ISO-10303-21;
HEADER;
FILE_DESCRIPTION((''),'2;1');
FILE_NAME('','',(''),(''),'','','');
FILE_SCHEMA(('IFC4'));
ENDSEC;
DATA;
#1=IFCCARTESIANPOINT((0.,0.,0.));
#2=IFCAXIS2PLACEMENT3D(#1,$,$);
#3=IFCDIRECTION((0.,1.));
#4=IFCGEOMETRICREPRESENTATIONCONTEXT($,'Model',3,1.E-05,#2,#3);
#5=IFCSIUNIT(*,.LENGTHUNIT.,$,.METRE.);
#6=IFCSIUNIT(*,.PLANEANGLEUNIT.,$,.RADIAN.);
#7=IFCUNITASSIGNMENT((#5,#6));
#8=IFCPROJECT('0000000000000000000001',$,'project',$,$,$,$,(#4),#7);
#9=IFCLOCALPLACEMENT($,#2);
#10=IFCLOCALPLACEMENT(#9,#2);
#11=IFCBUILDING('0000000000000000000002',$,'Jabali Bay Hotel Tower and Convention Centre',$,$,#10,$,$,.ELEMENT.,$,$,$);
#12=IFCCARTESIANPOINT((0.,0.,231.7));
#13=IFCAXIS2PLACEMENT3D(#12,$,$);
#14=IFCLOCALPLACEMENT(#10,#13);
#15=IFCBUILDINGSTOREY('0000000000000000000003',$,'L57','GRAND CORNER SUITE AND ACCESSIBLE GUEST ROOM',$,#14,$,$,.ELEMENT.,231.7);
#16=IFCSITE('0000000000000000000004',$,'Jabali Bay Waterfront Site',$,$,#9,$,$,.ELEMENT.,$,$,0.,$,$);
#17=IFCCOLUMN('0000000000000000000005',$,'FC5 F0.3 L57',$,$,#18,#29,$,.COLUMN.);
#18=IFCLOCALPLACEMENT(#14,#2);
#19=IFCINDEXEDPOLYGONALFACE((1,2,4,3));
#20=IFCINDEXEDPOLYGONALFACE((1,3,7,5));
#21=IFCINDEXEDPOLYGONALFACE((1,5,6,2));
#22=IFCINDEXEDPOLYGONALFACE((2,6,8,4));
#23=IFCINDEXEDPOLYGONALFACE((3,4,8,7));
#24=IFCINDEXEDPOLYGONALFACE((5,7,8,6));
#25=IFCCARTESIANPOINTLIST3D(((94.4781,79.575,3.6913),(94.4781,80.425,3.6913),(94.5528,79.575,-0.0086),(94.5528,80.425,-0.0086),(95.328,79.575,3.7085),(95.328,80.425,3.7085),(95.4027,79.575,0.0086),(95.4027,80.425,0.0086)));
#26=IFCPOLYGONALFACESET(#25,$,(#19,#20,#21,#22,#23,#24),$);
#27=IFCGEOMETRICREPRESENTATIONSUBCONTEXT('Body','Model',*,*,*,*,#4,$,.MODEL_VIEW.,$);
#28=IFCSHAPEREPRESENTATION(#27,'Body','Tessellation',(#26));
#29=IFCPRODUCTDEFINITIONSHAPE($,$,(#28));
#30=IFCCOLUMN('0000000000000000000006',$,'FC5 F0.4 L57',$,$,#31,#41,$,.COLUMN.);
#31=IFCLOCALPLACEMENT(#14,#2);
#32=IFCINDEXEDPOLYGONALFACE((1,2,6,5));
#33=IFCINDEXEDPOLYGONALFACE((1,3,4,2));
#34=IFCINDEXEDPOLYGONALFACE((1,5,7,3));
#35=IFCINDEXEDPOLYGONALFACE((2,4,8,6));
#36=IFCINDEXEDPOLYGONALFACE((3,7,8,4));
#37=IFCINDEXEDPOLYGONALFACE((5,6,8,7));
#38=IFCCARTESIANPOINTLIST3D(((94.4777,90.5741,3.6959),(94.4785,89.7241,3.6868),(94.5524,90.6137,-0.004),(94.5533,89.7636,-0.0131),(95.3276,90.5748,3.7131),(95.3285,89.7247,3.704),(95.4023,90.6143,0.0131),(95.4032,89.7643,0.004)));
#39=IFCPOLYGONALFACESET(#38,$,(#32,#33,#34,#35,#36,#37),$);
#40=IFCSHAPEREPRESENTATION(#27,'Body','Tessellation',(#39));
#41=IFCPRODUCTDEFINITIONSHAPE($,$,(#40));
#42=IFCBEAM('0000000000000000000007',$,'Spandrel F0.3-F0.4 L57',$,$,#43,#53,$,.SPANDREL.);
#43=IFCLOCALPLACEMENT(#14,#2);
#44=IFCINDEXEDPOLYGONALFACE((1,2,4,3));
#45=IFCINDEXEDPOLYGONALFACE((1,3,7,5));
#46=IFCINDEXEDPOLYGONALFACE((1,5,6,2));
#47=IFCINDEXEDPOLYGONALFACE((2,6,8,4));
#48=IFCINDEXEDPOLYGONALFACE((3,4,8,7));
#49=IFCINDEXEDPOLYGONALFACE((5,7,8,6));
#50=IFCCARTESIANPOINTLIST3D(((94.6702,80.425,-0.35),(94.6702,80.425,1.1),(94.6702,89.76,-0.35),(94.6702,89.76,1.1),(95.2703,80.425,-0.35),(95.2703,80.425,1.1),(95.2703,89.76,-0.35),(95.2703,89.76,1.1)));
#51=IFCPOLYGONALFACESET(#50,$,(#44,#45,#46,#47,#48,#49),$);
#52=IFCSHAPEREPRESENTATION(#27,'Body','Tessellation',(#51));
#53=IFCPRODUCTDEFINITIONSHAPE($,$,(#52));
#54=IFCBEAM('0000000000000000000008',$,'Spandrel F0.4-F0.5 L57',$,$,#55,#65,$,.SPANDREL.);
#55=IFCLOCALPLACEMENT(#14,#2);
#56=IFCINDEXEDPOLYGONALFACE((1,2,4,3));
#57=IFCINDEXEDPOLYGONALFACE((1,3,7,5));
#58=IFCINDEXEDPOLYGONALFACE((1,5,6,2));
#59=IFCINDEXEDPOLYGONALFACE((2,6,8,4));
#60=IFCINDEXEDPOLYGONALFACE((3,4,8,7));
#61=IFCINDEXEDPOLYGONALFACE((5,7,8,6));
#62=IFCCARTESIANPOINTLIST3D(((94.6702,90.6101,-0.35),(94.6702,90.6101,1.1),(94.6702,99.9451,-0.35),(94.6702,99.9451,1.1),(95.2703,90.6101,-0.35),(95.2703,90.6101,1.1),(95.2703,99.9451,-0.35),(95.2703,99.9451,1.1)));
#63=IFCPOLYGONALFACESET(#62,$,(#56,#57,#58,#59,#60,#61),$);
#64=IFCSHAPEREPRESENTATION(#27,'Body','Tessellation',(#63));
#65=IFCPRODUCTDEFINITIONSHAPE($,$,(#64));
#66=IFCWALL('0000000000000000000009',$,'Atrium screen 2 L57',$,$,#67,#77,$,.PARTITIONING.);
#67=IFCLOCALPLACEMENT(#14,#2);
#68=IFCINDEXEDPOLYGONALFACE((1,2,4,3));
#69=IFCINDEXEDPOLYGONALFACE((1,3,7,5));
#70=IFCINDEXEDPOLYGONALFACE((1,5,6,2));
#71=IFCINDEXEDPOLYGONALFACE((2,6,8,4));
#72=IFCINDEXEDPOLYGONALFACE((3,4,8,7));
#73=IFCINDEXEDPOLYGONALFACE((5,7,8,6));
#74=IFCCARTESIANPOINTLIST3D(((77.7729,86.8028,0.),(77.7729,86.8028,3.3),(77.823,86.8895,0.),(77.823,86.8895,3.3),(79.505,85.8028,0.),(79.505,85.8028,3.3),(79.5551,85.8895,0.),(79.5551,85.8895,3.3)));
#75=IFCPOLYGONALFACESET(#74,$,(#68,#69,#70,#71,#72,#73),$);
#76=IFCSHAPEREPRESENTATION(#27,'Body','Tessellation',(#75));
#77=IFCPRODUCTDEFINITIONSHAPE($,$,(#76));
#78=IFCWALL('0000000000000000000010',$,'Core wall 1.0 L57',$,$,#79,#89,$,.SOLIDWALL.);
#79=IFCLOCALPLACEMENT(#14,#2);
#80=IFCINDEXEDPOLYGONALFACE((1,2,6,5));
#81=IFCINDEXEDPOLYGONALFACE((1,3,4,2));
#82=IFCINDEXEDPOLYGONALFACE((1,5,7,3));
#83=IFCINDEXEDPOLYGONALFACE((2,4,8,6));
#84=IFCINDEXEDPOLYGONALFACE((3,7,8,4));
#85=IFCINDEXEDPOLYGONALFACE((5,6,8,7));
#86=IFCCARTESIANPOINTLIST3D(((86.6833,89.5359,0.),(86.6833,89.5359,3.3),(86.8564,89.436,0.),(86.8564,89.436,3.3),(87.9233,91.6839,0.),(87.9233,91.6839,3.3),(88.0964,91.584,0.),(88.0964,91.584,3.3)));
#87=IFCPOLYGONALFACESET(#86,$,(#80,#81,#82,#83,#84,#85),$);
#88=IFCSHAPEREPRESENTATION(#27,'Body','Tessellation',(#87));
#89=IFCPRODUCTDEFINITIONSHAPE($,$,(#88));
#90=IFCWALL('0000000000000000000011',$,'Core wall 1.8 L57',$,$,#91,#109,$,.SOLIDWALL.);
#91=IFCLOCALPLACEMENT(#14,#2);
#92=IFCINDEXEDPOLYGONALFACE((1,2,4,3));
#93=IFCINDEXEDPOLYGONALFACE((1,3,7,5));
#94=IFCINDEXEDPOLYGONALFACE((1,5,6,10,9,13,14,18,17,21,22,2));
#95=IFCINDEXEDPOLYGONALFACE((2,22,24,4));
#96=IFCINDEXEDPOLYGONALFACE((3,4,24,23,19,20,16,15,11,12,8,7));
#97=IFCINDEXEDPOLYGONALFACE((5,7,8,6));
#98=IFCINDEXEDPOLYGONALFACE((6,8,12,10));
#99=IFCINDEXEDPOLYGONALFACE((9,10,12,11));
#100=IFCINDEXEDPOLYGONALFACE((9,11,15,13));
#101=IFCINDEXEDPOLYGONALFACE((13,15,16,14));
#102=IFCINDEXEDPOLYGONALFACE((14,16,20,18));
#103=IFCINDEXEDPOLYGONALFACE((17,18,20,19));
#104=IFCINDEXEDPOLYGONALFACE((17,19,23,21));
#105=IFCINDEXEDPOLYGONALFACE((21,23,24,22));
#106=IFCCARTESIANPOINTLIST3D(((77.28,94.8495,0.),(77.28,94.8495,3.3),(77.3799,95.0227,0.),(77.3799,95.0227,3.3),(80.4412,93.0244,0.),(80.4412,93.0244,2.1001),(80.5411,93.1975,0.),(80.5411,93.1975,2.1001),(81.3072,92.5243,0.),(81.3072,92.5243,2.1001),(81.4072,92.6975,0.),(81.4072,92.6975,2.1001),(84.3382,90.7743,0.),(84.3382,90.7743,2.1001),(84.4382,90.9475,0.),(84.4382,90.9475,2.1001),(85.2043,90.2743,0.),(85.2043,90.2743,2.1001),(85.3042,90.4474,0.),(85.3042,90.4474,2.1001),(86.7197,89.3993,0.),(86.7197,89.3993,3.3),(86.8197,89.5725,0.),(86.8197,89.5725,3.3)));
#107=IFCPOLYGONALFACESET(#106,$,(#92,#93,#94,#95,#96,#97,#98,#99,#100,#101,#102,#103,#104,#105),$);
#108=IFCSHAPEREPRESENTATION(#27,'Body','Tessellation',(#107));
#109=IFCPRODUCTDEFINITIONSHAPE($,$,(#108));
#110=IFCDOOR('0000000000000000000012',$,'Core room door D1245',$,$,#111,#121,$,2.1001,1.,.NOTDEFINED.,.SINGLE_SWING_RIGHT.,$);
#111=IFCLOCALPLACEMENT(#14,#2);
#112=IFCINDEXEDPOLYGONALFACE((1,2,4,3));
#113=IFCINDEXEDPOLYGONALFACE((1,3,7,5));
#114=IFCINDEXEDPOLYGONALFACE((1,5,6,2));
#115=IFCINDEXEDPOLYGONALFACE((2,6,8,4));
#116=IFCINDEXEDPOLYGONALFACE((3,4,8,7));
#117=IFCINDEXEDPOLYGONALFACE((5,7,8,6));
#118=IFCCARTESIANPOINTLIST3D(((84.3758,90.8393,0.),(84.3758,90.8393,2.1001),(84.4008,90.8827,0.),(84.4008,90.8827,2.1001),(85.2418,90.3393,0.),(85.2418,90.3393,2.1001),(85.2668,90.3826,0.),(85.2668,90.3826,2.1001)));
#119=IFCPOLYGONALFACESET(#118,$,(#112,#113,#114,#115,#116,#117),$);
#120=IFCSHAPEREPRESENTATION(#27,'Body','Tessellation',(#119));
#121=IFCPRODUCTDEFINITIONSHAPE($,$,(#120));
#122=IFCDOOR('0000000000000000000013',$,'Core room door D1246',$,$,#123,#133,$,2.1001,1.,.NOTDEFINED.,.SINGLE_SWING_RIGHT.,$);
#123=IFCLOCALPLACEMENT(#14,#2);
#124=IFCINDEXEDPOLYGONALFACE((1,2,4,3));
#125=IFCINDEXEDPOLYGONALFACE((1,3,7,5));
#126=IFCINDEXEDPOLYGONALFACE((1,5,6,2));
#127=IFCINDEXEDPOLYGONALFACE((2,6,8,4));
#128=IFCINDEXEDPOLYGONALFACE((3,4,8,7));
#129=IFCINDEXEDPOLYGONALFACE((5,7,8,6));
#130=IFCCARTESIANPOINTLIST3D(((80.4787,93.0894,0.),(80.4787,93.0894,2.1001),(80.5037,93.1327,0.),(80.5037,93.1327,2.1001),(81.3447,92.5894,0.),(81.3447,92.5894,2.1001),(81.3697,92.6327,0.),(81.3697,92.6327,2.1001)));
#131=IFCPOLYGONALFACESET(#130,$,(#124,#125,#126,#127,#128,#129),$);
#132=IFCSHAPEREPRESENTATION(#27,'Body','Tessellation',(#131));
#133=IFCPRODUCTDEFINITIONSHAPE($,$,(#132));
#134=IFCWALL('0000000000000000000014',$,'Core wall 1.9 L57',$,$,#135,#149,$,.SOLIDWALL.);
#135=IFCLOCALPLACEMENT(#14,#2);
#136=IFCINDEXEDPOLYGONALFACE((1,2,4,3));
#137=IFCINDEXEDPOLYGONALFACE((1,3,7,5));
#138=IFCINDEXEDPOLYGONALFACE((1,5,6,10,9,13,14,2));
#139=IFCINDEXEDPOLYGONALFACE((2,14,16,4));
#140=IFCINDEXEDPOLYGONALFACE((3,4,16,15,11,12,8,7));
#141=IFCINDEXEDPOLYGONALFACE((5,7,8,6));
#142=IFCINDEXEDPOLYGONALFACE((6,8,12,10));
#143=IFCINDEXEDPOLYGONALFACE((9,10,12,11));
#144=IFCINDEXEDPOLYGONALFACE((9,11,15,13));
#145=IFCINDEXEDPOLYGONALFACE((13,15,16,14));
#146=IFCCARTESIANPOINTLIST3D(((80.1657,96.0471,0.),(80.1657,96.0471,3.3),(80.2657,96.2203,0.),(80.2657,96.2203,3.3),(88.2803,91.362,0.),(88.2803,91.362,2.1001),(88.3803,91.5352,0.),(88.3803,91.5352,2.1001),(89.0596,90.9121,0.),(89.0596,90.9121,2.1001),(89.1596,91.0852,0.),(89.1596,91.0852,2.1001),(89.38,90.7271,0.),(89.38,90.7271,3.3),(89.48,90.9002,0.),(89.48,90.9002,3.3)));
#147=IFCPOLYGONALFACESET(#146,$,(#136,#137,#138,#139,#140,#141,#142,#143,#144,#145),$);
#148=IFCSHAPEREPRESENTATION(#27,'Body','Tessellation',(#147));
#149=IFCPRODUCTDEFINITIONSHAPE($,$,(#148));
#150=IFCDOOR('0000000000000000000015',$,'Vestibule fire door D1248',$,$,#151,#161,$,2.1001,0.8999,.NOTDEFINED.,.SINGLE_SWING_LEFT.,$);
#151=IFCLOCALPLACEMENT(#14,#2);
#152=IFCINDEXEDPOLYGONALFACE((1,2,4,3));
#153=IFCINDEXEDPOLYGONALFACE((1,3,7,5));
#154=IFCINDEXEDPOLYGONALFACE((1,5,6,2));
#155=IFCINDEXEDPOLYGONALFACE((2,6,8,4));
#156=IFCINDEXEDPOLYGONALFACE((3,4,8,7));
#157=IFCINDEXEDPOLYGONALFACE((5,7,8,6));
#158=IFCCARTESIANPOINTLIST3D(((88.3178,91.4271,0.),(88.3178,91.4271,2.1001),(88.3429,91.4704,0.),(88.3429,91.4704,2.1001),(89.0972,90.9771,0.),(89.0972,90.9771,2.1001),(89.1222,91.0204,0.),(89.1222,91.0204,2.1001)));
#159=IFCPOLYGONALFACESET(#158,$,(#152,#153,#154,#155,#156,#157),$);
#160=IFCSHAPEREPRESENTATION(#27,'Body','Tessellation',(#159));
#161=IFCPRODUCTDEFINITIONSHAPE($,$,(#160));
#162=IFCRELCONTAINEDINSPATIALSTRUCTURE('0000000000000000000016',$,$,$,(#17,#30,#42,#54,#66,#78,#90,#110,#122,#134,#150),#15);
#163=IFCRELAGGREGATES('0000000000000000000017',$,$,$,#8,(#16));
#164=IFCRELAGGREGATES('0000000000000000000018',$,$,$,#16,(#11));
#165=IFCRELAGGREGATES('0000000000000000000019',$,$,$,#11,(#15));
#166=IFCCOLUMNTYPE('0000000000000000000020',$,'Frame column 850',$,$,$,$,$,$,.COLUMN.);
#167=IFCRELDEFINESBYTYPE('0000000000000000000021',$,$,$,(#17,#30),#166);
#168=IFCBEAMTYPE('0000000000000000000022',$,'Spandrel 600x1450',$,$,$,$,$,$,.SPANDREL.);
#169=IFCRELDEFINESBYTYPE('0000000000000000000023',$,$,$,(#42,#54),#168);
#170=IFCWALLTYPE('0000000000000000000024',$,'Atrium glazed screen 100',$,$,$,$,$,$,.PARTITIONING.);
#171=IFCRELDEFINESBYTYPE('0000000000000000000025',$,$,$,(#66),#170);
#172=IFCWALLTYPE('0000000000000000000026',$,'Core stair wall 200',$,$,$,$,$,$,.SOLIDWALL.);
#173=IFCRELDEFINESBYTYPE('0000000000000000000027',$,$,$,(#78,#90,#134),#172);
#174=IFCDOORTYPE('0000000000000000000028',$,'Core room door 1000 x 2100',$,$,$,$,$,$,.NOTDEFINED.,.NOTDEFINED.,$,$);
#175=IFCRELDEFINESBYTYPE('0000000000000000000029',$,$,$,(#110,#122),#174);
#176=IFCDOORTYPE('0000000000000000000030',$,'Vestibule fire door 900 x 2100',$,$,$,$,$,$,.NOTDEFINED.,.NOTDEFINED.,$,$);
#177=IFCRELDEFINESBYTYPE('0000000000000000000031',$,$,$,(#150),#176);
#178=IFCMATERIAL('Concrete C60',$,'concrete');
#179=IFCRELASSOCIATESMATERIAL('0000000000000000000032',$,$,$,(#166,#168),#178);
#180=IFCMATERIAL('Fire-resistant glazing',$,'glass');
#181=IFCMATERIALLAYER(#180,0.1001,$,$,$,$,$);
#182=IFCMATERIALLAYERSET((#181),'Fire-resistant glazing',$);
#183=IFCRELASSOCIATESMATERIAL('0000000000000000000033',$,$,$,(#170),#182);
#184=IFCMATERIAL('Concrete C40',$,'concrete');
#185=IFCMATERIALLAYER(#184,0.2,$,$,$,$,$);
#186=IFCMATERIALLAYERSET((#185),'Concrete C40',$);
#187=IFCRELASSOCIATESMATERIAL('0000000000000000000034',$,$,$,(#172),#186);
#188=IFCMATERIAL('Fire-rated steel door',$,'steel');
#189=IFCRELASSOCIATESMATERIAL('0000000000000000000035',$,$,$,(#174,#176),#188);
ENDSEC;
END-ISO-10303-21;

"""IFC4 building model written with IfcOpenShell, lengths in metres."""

from ifc_helpers import new_model, si_unit, direction, frame, frame_2d, origin, origin_2d, place, context, subcontext, project, spatial, rectangle, extrude, material, layer, layer_set, material_profile, profile_set, type_object, element, fill, save


model = new_model("IFC4")

# Units and contexts
model_context = context("Model", 3, precision=1e-05, world=origin(), true_north=direction((0.0, 1.0)))
body_context = subcontext(model_context, "Body", "Model", "MODEL_VIEW")
ifc_project = project(units=[si_unit("LENGTHUNIT", "METRE"), si_unit("PLANEANGLEUNIT", "RADIAN")], contexts=[model_context])

# Site, building, storey
site_placement = place(None, origin())
site = spatial("IfcSite", under=ifc_project, at=site_placement, Name="Jabali Bay Waterfront Site", CompositionType="ELEMENT", RefElevation=0.0)
building_placement = place(site_placement, origin())
building = spatial("IfcBuilding", under=site, at=building_placement, Name="Jabali Bay Hotel Tower and Convention Centre", CompositionType="ELEMENT")
storey_placement = place(building_placement, frame((0.0, 0.0, 231.7)))
storey = spatial("IfcBuildingStorey", under=building, at=storey_placement, Name="L57", Description="GRAND CORNER SUITE AND ACCESSIBLE GUEST ROOM", CompositionType="ELEMENT", Elevation=231.7)

# Columns
ifc_material_1 = material(Name="Concrete C60", Category="concrete")
ifc_material_profile_1 = material_profile(ifc_material_1, rectangle(XDim=0.8501, YDim=0.8501, at=origin_2d()), Name="Frame column 850")
ifc_profile_set_1 = profile_set([ifc_material_profile_1], Name="Concrete C60")
column_type = type_object("IfcColumnType", Name="Frame column 850", PredefinedType="COLUMN", material=ifc_profile_set_1)
column_1_placement = place(storey_placement, frame((94.9778, 80.0, 0.0), z_axis=(-0.020187, 0.0, 0.999796), x_axis=(0.0, -1.0, 0.0)))
element("IfcColumn", 1, at=column_1_placement, inside=storey, type_object=column_type, Name="FC5 F0.3 L57", PredefinedType="COLUMN", context=body_context, shape_type="SweptSolid", body=[
    extrude(rectangle(XDim=0.8501, YDim=0.8501, at=origin_2d()), origin(), (0.0, 0.0, 1.0), 3.7007),
])
column_2_placement = place(storey_placement, frame((94.9778, 90.189, 0.0), z_axis=(-0.020186, -0.010687, 0.999739), x_axis=(0.999796, 0.000797, 0.020196)))
element("IfcColumn", 2, at=column_2_placement, inside=storey, type_object=column_type, Name="FC5 F0.4 L57", PredefinedType="COLUMN", context=body_context, shape_type="SweptSolid", body=[
    extrude(rectangle(XDim=0.8501, YDim=0.8501, at=origin_2d()), origin(), (0.0, 0.0, 1.0), 3.7009),
])

# Beams
ifc_material_profile_2 = material_profile(ifc_material_1, rectangle(XDim=0.6001, YDim=1.45, at=origin_2d()), Name="Spandrel 600x1450")
ifc_profile_set_2 = profile_set([ifc_material_profile_2], Name="Concrete C60")
beam_type = type_object("IfcBeamType", Name="Spandrel 600x1450", PredefinedType="SPANDREL", material=ifc_profile_set_2)
for number, where, z_axis, x_axis, name in (
    (3, (94.9702, 80.425, 0.375), (0.0, 1.0, 0.0), (-1.0, 0.0, 0.0), "Spandrel F0.3-F0.4 L57"),
    (4, (94.9702, 90.6101, 0.375), (0.0, 1.0, 0.0), (-1.0, 0.0, 0.0), "Spandrel F0.4-F0.5 L57"),
):
    element("IfcBeam", number, at=place(storey_placement, frame(where, z_axis=z_axis, x_axis=x_axis)), inside=storey, type_object=beam_type, Name=name, PredefinedType="SPANDREL", context=body_context, shape_type="SweptSolid", body=[
        extrude(rectangle(XDim=0.6001, YDim=1.45, at=origin_2d()), origin(), (0.0, 0.0, 1.0), 9.335),
    ])

# Walls
ifc_material_2 = material(Name="Fire-resistant glazing", Category="glass")
ifc_layer_1 = layer(ifc_material_2, 0.1001)
ifc_layer_set_1 = layer_set([ifc_layer_1], Name="Fire-resistant glazing")
wall_type_1 = type_object("IfcWallType", Name="Atrium glazed screen 100", PredefinedType="PARTITIONING", material=ifc_layer_set_1)
wall_1_placement = place(storey_placement, frame((79.53, 85.8462, 0.0), z_axis=(0.0, 0.0, 1.0), x_axis=(-0.866041, 0.499973, 0.0)))
element("IfcWall", 5, at=wall_1_placement, inside=storey, type_object=wall_type_1, Name="Atrium screen 2 L57", PredefinedType="PARTITIONING", context=body_context, shape_type="SweptSolid", body=[
    extrude(rectangle(XDim=2.0, YDim=0.1001, at=frame_2d((1.0, 0.0))), origin(), (0.0, 0.0, 1.0), 3.3),
])
ifc_material_3 = material(Name="Concrete C40", Category="concrete")
ifc_layer_2 = layer(ifc_material_3, 0.2)
ifc_layer_set_2 = layer_set([ifc_layer_2], Name="Concrete C40")
wall_type_2 = type_object("IfcWallType", Name="Core stair wall 200", PredefinedType="SOLIDWALL", material=ifc_layer_set_2)
wall_2_placement = place(storey_placement, frame((86.7698, 89.4858, 0.0), z_axis=(0.0, 0.0, 1.0), x_axis=(0.499961, 0.866048, 0.0)))
element("IfcWall", 6, at=wall_2_placement, inside=storey, type_object=wall_type_2, Name="Core wall 1.0 L57", PredefinedType="SOLIDWALL", context=body_context, shape_type="SweptSolid", body=[
    extrude(rectangle(XDim=2.4802, YDim=0.2, at=frame_2d((1.2402, 0.0))), origin(), (0.0, 0.0, 1.0), 3.3),
])

# Wall, openings, doors
wall_3_placement = place(storey_placement, frame((86.7698, 89.4858, 0.0), z_axis=(0.0, 0.0, 1.0), x_axis=(-0.866018, 0.500013, 0.0)))
wall_3 = element("IfcWall", 7, at=wall_3_placement, inside=storey, type_object=wall_type_2, Name="Core wall 1.8 L57", PredefinedType="SOLIDWALL", context=body_context, shape_type="SweptSolid", body=[
    extrude(rectangle(XDim=10.9001, YDim=0.2, at=frame_2d((5.4502, 0.0))), origin(), (0.0, 0.0, 1.0), 3.3),
])
opening_1_placement = place(wall_3_placement, frame((1.75, 0.0, 0.0)))
opening_1 = element("IfcOpeningElement", 8, at=opening_1_placement, cuts=wall_3, PredefinedType="OPENING", context=body_context, shape_type="SweptSolid", body=[
    extrude(rectangle(XDim=1.0, YDim=2.1001, at=frame_2d((0.5, 1.05))), frame((0.0, 0.1104, 0.0), z_axis=(0.0, -1.0, 0.0), x_axis=(1.0, 0.0, 0.0)), (0.0, 0.0, 1.0), 0.2209),
])
opening_2_placement = place(wall_3_placement, frame((6.25, 0.0, 0.0)))
opening_2 = element("IfcOpeningElement", 9, at=opening_2_placement, cuts=wall_3, PredefinedType="OPENING", context=body_context, shape_type="SweptSolid", body=[
    extrude(rectangle(XDim=1.0, YDim=2.1001, at=frame_2d((0.5, 1.05))), frame((0.0, 0.1104, 0.0), z_axis=(0.0, -1.0, 0.0), x_axis=(1.0, 0.0, 0.0)), (0.0, 0.0, 1.0), 0.2209),
])
ifc_material_4 = material(Name="Fire-rated steel door", Category="steel")
door_type_1 = type_object("IfcDoorType", Name="Core room door 1000 x 2100", OperationType="NOTDEFINED", PredefinedType="NOTDEFINED", material=ifc_material_4)
door_1_placement = place(opening_1_placement, origin())
door_1 = element("IfcDoor", 10, at=door_1_placement, inside=storey, type_object=door_type_1, Name="Core room door D1245", OperationType="SINGLE_SWING_RIGHT", OverallHeight=2.1001, OverallWidth=1.0, PredefinedType="NOTDEFINED", context=body_context, shape_type="SweptSolid", body=[
    extrude(rectangle(XDim=1.0, YDim=2.1001, at=frame_2d((0.5, 1.05))), frame((0.0, 0.0249, 0.0), z_axis=(0.0, -1.0, 0.0), x_axis=(1.0, 0.0, 0.0)), (0.0, 0.0, 1.0), 0.05),
])
fill(opening_1, door_1)
door_2_placement = place(opening_2_placement, origin())
door_2 = element("IfcDoor", 11, at=door_2_placement, inside=storey, type_object=door_type_1, Name="Core room door D1246", OperationType="SINGLE_SWING_RIGHT", OverallHeight=2.1001, OverallWidth=1.0, PredefinedType="NOTDEFINED", context=body_context, shape_type="SweptSolid", body=[
    extrude(rectangle(XDim=1.0, YDim=2.1001, at=frame_2d((0.5, 1.05))), frame((0.0, 0.0249, 0.0), z_axis=(0.0, -1.0, 0.0), x_axis=(1.0, 0.0, 0.0)), (0.0, 0.0, 1.0), 0.05),
])
fill(opening_2, door_2)

# Wall, opening, door
wall_4_placement = place(storey_placement, frame((89.4299, 90.8137, 0.0), z_axis=(0.0, 0.0, 1.0), x_axis=(-0.866019, 0.500011, 0.0)))
wall_4 = element("IfcWall", 12, at=wall_4_placement, inside=storey, type_object=wall_type_2, Name="Core wall 1.9 L57", PredefinedType="SOLIDWALL", context=body_context, shape_type="SweptSolid", body=[
    extrude(rectangle(XDim=10.6399, YDim=0.2, at=frame_2d((5.3198, 0.0))), origin(), (0.0, 0.0, 1.0), 3.3),
])
opening_3_placement = place(wall_4_placement, frame((0.3699, 0.0, 0.0)))
opening_3 = element("IfcOpeningElement", 13, at=opening_3_placement, cuts=wall_4, PredefinedType="OPENING", context=body_context, shape_type="SweptSolid", body=[
    extrude(rectangle(XDim=0.8999, YDim=2.1001, at=frame_2d((0.45, 1.05))), frame((0.0, 0.1104, 0.0), z_axis=(0.0, -1.0, 0.0), x_axis=(1.0, 0.0, 0.0)), (0.0, 0.0, 1.0), 0.2209),
])
door_type_2 = type_object("IfcDoorType", Name="Vestibule fire door 900 x 2100", OperationType="NOTDEFINED", PredefinedType="NOTDEFINED", material=ifc_material_4)
door_3_placement = place(opening_3_placement, origin())
door_3 = element("IfcDoor", 14, at=door_3_placement, inside=storey, type_object=door_type_2, Name="Vestibule fire door D1248", OperationType="SINGLE_SWING_LEFT", OverallHeight=2.1001, OverallWidth=0.8999, PredefinedType="NOTDEFINED", context=body_context, shape_type="SweptSolid", body=[
    extrude(rectangle(XDim=0.8999, YDim=2.1001, at=frame_2d((0.45, 1.05))), frame((0.0, 0.0249, 0.0), z_axis=(0.0, -1.0, 0.0), x_axis=(1.0, 0.0, 0.0)), (0.0, 0.0, 1.0), 0.05),
])
fill(opening_3, door_3)

save(model, "model.ifc")
